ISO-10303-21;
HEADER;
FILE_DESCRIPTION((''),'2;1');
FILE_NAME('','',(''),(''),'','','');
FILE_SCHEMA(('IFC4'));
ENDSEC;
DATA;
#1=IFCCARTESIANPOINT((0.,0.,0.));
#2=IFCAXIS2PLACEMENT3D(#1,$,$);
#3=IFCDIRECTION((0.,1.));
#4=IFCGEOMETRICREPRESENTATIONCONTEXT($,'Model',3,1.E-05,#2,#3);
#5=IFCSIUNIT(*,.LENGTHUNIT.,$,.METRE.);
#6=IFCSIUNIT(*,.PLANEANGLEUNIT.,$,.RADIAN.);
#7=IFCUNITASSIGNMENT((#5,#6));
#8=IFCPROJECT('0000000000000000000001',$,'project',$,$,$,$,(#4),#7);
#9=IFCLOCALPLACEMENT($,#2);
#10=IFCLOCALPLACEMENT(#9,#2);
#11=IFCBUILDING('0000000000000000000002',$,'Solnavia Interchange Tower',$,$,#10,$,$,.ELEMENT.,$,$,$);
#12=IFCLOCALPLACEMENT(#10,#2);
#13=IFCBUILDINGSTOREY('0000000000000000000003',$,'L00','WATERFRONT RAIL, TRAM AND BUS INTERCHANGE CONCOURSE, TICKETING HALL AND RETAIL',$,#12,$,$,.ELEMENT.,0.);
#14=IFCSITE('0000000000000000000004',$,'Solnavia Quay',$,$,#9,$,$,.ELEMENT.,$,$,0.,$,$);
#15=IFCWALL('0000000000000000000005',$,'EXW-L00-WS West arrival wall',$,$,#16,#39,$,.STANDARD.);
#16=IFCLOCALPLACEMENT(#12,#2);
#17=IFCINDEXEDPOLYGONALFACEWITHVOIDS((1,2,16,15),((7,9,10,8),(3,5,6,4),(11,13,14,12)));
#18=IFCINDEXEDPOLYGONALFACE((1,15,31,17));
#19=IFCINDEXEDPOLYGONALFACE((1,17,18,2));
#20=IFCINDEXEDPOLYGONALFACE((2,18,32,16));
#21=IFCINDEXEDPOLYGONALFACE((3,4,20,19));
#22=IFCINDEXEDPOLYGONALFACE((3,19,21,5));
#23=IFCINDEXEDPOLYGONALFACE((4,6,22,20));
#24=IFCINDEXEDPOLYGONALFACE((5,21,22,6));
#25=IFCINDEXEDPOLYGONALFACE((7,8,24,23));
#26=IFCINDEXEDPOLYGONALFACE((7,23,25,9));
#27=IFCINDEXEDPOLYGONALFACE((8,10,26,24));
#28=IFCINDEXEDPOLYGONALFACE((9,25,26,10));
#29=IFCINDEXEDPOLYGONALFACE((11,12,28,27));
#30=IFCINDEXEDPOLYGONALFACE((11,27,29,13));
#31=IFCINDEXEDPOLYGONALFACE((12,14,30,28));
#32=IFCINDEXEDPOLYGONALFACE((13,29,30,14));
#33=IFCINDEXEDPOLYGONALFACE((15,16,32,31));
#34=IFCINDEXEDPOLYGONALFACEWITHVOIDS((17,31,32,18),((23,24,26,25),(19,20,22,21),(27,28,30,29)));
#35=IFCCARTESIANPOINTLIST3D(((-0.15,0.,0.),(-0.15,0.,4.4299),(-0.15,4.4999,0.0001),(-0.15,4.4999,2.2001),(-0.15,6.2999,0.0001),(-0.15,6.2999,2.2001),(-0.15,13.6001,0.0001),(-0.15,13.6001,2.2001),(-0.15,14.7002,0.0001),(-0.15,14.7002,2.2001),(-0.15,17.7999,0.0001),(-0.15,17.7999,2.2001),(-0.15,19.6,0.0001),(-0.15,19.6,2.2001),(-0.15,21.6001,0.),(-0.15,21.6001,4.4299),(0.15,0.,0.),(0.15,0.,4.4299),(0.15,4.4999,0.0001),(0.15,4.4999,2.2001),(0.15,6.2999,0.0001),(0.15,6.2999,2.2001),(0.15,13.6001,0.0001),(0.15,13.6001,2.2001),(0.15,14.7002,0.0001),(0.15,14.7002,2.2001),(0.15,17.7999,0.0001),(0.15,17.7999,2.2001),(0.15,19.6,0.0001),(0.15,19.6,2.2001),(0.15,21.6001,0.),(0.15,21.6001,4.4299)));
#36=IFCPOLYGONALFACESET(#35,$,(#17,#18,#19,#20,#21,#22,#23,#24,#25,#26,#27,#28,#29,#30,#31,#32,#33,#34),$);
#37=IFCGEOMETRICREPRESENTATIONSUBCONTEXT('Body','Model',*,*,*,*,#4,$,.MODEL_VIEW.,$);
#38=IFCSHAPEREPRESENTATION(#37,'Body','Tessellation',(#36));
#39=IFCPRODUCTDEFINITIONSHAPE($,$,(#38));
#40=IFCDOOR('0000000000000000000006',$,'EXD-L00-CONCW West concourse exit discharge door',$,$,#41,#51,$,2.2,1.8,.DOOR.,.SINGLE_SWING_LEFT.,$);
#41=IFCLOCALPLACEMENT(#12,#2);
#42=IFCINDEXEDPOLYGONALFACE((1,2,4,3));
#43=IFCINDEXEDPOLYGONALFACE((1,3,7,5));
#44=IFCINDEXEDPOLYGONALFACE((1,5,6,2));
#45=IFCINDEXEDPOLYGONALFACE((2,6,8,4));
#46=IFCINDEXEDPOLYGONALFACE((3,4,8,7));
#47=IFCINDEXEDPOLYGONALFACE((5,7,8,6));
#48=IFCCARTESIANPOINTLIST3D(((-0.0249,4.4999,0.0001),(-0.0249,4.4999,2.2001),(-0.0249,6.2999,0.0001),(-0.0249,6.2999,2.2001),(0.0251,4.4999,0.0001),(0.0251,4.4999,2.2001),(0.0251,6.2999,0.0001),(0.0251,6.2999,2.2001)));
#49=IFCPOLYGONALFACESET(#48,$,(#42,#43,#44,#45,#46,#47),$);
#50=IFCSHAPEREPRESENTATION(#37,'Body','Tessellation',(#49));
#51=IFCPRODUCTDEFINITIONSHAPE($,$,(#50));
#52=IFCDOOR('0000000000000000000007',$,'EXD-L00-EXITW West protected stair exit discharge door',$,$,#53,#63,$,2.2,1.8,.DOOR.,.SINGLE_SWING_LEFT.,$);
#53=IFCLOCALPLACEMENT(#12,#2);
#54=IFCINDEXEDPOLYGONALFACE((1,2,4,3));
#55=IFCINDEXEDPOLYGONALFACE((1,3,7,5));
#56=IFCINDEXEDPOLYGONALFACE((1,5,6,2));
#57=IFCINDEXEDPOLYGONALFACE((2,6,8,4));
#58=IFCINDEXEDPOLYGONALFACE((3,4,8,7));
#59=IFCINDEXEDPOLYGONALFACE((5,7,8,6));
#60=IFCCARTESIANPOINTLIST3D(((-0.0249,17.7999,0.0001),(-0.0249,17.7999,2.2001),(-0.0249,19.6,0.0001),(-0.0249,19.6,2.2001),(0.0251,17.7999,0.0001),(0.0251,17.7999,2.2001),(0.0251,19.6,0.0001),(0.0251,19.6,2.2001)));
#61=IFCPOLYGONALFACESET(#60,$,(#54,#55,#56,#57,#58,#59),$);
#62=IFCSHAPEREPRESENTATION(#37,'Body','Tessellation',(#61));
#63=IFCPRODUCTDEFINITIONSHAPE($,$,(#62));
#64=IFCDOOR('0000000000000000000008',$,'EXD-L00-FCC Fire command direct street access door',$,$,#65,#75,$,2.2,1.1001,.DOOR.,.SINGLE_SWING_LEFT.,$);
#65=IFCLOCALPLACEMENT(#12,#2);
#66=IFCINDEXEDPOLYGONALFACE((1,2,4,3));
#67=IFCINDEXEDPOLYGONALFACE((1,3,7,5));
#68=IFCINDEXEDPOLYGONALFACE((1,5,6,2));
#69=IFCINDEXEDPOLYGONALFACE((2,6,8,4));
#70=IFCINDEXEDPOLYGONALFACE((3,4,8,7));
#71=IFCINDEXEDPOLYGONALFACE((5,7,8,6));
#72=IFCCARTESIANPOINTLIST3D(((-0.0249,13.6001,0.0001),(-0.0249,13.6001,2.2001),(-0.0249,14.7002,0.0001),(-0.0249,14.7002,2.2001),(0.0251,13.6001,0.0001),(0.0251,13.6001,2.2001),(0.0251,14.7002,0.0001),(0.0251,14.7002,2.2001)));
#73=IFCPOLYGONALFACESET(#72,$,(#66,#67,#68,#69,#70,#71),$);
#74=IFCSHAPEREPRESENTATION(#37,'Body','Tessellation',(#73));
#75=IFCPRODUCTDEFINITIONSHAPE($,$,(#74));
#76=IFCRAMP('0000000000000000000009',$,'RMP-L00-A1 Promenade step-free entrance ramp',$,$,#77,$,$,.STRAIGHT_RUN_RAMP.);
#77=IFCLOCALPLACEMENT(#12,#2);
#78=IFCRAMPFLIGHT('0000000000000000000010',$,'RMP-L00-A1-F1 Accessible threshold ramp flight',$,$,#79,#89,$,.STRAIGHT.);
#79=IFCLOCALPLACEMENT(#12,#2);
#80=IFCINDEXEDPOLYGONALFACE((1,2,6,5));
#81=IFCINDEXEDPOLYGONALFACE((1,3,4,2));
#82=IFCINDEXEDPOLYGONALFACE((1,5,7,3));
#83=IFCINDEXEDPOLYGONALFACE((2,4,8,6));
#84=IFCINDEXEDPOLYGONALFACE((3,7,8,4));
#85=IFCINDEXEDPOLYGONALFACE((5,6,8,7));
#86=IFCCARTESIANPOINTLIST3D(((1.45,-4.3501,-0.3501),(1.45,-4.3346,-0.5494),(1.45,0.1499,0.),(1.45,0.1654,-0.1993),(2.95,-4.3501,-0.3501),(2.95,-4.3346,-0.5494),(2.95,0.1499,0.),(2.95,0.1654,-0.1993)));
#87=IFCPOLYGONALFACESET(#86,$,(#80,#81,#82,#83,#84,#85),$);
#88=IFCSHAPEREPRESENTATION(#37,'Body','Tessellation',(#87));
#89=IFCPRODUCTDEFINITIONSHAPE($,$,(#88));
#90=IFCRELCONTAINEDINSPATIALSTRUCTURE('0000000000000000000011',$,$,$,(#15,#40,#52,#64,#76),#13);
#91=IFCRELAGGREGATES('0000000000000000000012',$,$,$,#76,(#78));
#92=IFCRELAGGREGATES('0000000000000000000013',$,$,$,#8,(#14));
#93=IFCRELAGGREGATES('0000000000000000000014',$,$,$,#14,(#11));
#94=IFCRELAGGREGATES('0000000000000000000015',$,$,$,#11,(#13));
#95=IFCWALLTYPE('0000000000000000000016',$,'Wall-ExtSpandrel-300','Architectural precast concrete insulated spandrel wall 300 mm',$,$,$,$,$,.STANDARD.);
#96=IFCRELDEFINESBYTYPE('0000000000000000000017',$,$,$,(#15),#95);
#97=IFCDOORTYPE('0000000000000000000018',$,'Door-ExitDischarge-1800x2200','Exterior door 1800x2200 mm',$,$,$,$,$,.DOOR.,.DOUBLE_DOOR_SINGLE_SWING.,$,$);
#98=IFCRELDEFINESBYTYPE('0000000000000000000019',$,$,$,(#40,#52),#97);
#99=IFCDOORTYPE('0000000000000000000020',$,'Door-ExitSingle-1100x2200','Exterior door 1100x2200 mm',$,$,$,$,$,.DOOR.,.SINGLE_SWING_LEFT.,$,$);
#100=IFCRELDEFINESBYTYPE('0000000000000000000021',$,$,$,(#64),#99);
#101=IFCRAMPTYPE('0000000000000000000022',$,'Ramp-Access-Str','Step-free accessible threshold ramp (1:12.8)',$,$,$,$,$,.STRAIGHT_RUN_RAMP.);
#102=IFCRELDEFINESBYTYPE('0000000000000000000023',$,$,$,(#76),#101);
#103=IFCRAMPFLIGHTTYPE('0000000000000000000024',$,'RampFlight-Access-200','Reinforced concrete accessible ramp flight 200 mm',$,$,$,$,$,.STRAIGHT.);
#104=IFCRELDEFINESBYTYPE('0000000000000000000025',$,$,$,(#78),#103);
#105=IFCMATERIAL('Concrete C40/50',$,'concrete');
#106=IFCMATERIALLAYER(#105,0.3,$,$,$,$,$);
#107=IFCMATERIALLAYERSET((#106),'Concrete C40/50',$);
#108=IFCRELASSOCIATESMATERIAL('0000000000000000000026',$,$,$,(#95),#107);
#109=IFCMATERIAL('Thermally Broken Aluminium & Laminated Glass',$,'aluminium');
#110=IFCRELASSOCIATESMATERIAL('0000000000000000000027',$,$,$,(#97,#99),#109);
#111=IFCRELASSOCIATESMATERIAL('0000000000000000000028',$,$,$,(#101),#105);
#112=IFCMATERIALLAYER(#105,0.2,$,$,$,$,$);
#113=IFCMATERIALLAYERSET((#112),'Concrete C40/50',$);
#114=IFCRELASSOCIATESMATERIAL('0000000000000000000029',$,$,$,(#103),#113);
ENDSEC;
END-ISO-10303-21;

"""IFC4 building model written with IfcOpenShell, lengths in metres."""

from ifc_helpers import new_model, si_unit, direction, frame, frame_2d, origin, place, context, subcontext, project, spatial, polyline, rectangle, outline, extrude, material, layer, layer_set, type_object, element, fill, aggregate, save


model = new_model("IFC4")

# Units and contexts
model_context = context("Model", 3, precision=1e-05, world=origin(), true_north=direction((0.0, 1.0)))
body_context = subcontext(model_context, "Body", "Model", "MODEL_VIEW")
ifc_project = project(units=[si_unit("LENGTHUNIT", "METRE"), si_unit("PLANEANGLEUNIT", "RADIAN")], contexts=[model_context])

# Site, building, storey
site_placement = place(None, origin())
site = spatial("IfcSite", under=ifc_project, at=site_placement, Name="Solnavia Quay", CompositionType="ELEMENT", RefElevation=0.0)
building_placement = place(site_placement, origin())
building = spatial("IfcBuilding", under=site, at=building_placement, Name="Solnavia Interchange Tower", CompositionType="ELEMENT")
storey_placement = place(building_placement, origin())
storey = spatial("IfcBuildingStorey", under=building, at=storey_placement, Name="L00", Description="WATERFRONT RAIL, TRAM AND BUS INTERCHANGE CONCOURSE, TICKETING HALL AND RETAIL", CompositionType="ELEMENT", Elevation=0.0)

# Shared definitions
ifc_material_1 = material(Name="Concrete C40/50", Category="concrete")

# Wall, openings, doors
ifc_layer_1 = layer(ifc_material_1, 0.3)
ifc_layer_set_1 = layer_set([ifc_layer_1], Name="Concrete C40/50")
wall_type = type_object("IfcWallType", Name="Wall-ExtSpandrel-300", Description="Architectural precast concrete insulated spandrel wall 300 mm", PredefinedType="STANDARD", material=ifc_layer_set_1)
wall_placement = place(storey_placement, frame((0.0, 0.0, 0.0), z_axis=(0.0, 0.0, 1.0), x_axis=(0.0, 1.0, 0.0)))
wall = element("IfcWall", 1, at=wall_placement, inside=storey, type_object=wall_type, Name="EXW-L00-WS West arrival wall", PredefinedType="STANDARD", context=body_context, shape_type="SweptSolid", body=[
    extrude(rectangle(XDim=21.6001, YDim=0.3, at=frame_2d((10.8, 0.0))), origin(), (0.0, 0.0, 1.0), 4.4299),
])
opening_1_placement = place(wall_placement, frame((4.5, 0.0, 0.0)))
opening_1 = element("IfcOpeningElement", 2, at=opening_1_placement, cuts=wall, PredefinedType="OPENING", context=body_context, shape_type="SweptSolid", body=[
    extrude(rectangle(XDim=1.8, YDim=2.2, at=frame_2d((0.8999, 1.1001))), frame((0.0, 0.1602, 0.0), z_axis=(0.0, -1.0, 0.0), x_axis=(1.0, 0.0, 0.0)), (0.0, 0.0, 1.0), 0.3201),
])
opening_2_placement = place(wall_placement, frame((13.6001, 0.0, 0.0)))
opening_2 = element("IfcOpeningElement", 3, at=opening_2_placement, cuts=wall, PredefinedType="OPENING", context=body_context, shape_type="SweptSolid", body=[
    extrude(rectangle(XDim=1.1001, YDim=2.2, at=frame_2d((0.55, 1.1001))), frame((0.0, 0.1602, 0.0), z_axis=(0.0, -1.0, 0.0), x_axis=(1.0, 0.0, 0.0)), (0.0, 0.0, 1.0), 0.3201),
])
opening_3_placement = place(wall_placement, frame((17.8, 0.0, 0.0)))
opening_3 = element("IfcOpeningElement", 4, at=opening_3_placement, cuts=wall, PredefinedType="OPENING", context=body_context, shape_type="SweptSolid", body=[
    extrude(rectangle(XDim=1.8, YDim=2.2, at=frame_2d((0.8999, 1.1001))), frame((0.0, 0.1602, 0.0), z_axis=(0.0, -1.0, 0.0), x_axis=(1.0, 0.0, 0.0)), (0.0, 0.0, 1.0), 0.3201),
])
ifc_material_2 = material(Name="Thermally Broken Aluminium & Laminated Glass", Category="aluminium")
door_type_1 = type_object("IfcDoorType", Name="Door-ExitDischarge-1800x2200", Description="Exterior door 1800x2200 mm", OperationType="DOUBLE_DOOR_SINGLE_SWING", PredefinedType="DOOR", material=ifc_material_2)
door_1_placement = place(opening_1_placement, origin())
door_1 = element("IfcDoor", 5, at=door_1_placement, inside=storey, type_object=door_type_1, Name="EXD-L00-CONCW West concourse exit discharge door", OperationType="SINGLE_SWING_LEFT", OverallHeight=2.2, OverallWidth=1.8, PredefinedType="DOOR", context=body_context, shape_type="SweptSolid", body=[
    extrude(rectangle(XDim=1.8, YDim=2.2, at=frame_2d((0.8999, 1.1001))), frame((0.0, 0.0249, 0.0), z_axis=(0.0, -1.0, 0.0), x_axis=(1.0, 0.0, 0.0)), (0.0, 0.0, 1.0), 0.05),
])
fill(opening_1, door_1)
door_2_placement = place(opening_3_placement, origin())
door_2 = element("IfcDoor", 6, at=door_2_placement, inside=storey, type_object=door_type_1, Name="EXD-L00-EXITW West protected stair exit discharge door", OperationType="SINGLE_SWING_LEFT", OverallHeight=2.2, OverallWidth=1.8, PredefinedType="DOOR", context=body_context, shape_type="SweptSolid", body=[
    extrude(rectangle(XDim=1.8, YDim=2.2, at=frame_2d((0.8999, 1.1001))), frame((0.0, 0.0249, 0.0), z_axis=(0.0, -1.0, 0.0), x_axis=(1.0, 0.0, 0.0)), (0.0, 0.0, 1.0), 0.05),
])
fill(opening_3, door_2)
door_type_2 = type_object("IfcDoorType", Name="Door-ExitSingle-1100x2200", Description="Exterior door 1100x2200 mm", OperationType="SINGLE_SWING_LEFT", PredefinedType="DOOR", material=ifc_material_2)
door_3_placement = place(opening_2_placement, origin())
door_3 = element("IfcDoor", 7, at=door_3_placement, inside=storey, type_object=door_type_2, Name="EXD-L00-FCC Fire command direct street access door", OperationType="SINGLE_SWING_LEFT", OverallHeight=2.2, OverallWidth=1.1001, PredefinedType="DOOR", context=body_context, shape_type="SweptSolid", body=[
    extrude(rectangle(XDim=1.1001, YDim=2.2, at=frame_2d((0.55, 1.1001))), frame((0.0, 0.0249, 0.0), z_axis=(0.0, -1.0, 0.0), x_axis=(1.0, 0.0, 0.0)), (0.0, 0.0, 1.0), 0.05),
])
fill(opening_2, door_3)

# Ramp, ramp flight
ramp_type = type_object("IfcRampType", Name="Ramp-Access-Str", Description="Step-free accessible threshold ramp (1:12.8)", PredefinedType="STRAIGHT_RUN_RAMP", material=ifc_material_1)
ramp_placement = place(storey_placement, origin())
ramp = element("IfcRamp", 8, at=ramp_placement, inside=storey, type_object=ramp_type, Name="RMP-L00-A1 Promenade step-free entrance ramp", PredefinedType="STRAIGHT_RUN_RAMP")
ifc_layer_2 = layer(ifc_material_1, 0.2)
ifc_layer_set_2 = layer_set([ifc_layer_2], Name="Concrete C40/50")
ramp_flight_type = type_object("IfcRampFlightType", Name="RampFlight-Access-200", Description="Reinforced concrete accessible ramp flight 200 mm", PredefinedType="STRAIGHT", material=ifc_layer_set_2)
ramp_flight_placement = place(storey_placement, frame((1.45, -4.3501, -0.3501), z_axis=(0.0, -0.077565, 0.996987), x_axis=(1.0, 0.0, 0.0)))
ramp_flight = element("IfcRampFlight", 9, at=ramp_flight_placement, type_object=ramp_flight_type, Name="RMP-L00-A1-F1 Accessible threshold ramp flight", PredefinedType="STRAIGHT", context=body_context, shape_type="SweptSolid", body=[
    extrude(outline(polyline([(0.0, 0.0), (1.5, 0.0), (1.5, 4.5136), (0.0, 4.5136), (0.0, 0.0)])), origin(), (0.0, 0.0, -1.0), 0.2),
])
aggregate(ramp, [ramp_flight])

save(model, "model.ifc")
